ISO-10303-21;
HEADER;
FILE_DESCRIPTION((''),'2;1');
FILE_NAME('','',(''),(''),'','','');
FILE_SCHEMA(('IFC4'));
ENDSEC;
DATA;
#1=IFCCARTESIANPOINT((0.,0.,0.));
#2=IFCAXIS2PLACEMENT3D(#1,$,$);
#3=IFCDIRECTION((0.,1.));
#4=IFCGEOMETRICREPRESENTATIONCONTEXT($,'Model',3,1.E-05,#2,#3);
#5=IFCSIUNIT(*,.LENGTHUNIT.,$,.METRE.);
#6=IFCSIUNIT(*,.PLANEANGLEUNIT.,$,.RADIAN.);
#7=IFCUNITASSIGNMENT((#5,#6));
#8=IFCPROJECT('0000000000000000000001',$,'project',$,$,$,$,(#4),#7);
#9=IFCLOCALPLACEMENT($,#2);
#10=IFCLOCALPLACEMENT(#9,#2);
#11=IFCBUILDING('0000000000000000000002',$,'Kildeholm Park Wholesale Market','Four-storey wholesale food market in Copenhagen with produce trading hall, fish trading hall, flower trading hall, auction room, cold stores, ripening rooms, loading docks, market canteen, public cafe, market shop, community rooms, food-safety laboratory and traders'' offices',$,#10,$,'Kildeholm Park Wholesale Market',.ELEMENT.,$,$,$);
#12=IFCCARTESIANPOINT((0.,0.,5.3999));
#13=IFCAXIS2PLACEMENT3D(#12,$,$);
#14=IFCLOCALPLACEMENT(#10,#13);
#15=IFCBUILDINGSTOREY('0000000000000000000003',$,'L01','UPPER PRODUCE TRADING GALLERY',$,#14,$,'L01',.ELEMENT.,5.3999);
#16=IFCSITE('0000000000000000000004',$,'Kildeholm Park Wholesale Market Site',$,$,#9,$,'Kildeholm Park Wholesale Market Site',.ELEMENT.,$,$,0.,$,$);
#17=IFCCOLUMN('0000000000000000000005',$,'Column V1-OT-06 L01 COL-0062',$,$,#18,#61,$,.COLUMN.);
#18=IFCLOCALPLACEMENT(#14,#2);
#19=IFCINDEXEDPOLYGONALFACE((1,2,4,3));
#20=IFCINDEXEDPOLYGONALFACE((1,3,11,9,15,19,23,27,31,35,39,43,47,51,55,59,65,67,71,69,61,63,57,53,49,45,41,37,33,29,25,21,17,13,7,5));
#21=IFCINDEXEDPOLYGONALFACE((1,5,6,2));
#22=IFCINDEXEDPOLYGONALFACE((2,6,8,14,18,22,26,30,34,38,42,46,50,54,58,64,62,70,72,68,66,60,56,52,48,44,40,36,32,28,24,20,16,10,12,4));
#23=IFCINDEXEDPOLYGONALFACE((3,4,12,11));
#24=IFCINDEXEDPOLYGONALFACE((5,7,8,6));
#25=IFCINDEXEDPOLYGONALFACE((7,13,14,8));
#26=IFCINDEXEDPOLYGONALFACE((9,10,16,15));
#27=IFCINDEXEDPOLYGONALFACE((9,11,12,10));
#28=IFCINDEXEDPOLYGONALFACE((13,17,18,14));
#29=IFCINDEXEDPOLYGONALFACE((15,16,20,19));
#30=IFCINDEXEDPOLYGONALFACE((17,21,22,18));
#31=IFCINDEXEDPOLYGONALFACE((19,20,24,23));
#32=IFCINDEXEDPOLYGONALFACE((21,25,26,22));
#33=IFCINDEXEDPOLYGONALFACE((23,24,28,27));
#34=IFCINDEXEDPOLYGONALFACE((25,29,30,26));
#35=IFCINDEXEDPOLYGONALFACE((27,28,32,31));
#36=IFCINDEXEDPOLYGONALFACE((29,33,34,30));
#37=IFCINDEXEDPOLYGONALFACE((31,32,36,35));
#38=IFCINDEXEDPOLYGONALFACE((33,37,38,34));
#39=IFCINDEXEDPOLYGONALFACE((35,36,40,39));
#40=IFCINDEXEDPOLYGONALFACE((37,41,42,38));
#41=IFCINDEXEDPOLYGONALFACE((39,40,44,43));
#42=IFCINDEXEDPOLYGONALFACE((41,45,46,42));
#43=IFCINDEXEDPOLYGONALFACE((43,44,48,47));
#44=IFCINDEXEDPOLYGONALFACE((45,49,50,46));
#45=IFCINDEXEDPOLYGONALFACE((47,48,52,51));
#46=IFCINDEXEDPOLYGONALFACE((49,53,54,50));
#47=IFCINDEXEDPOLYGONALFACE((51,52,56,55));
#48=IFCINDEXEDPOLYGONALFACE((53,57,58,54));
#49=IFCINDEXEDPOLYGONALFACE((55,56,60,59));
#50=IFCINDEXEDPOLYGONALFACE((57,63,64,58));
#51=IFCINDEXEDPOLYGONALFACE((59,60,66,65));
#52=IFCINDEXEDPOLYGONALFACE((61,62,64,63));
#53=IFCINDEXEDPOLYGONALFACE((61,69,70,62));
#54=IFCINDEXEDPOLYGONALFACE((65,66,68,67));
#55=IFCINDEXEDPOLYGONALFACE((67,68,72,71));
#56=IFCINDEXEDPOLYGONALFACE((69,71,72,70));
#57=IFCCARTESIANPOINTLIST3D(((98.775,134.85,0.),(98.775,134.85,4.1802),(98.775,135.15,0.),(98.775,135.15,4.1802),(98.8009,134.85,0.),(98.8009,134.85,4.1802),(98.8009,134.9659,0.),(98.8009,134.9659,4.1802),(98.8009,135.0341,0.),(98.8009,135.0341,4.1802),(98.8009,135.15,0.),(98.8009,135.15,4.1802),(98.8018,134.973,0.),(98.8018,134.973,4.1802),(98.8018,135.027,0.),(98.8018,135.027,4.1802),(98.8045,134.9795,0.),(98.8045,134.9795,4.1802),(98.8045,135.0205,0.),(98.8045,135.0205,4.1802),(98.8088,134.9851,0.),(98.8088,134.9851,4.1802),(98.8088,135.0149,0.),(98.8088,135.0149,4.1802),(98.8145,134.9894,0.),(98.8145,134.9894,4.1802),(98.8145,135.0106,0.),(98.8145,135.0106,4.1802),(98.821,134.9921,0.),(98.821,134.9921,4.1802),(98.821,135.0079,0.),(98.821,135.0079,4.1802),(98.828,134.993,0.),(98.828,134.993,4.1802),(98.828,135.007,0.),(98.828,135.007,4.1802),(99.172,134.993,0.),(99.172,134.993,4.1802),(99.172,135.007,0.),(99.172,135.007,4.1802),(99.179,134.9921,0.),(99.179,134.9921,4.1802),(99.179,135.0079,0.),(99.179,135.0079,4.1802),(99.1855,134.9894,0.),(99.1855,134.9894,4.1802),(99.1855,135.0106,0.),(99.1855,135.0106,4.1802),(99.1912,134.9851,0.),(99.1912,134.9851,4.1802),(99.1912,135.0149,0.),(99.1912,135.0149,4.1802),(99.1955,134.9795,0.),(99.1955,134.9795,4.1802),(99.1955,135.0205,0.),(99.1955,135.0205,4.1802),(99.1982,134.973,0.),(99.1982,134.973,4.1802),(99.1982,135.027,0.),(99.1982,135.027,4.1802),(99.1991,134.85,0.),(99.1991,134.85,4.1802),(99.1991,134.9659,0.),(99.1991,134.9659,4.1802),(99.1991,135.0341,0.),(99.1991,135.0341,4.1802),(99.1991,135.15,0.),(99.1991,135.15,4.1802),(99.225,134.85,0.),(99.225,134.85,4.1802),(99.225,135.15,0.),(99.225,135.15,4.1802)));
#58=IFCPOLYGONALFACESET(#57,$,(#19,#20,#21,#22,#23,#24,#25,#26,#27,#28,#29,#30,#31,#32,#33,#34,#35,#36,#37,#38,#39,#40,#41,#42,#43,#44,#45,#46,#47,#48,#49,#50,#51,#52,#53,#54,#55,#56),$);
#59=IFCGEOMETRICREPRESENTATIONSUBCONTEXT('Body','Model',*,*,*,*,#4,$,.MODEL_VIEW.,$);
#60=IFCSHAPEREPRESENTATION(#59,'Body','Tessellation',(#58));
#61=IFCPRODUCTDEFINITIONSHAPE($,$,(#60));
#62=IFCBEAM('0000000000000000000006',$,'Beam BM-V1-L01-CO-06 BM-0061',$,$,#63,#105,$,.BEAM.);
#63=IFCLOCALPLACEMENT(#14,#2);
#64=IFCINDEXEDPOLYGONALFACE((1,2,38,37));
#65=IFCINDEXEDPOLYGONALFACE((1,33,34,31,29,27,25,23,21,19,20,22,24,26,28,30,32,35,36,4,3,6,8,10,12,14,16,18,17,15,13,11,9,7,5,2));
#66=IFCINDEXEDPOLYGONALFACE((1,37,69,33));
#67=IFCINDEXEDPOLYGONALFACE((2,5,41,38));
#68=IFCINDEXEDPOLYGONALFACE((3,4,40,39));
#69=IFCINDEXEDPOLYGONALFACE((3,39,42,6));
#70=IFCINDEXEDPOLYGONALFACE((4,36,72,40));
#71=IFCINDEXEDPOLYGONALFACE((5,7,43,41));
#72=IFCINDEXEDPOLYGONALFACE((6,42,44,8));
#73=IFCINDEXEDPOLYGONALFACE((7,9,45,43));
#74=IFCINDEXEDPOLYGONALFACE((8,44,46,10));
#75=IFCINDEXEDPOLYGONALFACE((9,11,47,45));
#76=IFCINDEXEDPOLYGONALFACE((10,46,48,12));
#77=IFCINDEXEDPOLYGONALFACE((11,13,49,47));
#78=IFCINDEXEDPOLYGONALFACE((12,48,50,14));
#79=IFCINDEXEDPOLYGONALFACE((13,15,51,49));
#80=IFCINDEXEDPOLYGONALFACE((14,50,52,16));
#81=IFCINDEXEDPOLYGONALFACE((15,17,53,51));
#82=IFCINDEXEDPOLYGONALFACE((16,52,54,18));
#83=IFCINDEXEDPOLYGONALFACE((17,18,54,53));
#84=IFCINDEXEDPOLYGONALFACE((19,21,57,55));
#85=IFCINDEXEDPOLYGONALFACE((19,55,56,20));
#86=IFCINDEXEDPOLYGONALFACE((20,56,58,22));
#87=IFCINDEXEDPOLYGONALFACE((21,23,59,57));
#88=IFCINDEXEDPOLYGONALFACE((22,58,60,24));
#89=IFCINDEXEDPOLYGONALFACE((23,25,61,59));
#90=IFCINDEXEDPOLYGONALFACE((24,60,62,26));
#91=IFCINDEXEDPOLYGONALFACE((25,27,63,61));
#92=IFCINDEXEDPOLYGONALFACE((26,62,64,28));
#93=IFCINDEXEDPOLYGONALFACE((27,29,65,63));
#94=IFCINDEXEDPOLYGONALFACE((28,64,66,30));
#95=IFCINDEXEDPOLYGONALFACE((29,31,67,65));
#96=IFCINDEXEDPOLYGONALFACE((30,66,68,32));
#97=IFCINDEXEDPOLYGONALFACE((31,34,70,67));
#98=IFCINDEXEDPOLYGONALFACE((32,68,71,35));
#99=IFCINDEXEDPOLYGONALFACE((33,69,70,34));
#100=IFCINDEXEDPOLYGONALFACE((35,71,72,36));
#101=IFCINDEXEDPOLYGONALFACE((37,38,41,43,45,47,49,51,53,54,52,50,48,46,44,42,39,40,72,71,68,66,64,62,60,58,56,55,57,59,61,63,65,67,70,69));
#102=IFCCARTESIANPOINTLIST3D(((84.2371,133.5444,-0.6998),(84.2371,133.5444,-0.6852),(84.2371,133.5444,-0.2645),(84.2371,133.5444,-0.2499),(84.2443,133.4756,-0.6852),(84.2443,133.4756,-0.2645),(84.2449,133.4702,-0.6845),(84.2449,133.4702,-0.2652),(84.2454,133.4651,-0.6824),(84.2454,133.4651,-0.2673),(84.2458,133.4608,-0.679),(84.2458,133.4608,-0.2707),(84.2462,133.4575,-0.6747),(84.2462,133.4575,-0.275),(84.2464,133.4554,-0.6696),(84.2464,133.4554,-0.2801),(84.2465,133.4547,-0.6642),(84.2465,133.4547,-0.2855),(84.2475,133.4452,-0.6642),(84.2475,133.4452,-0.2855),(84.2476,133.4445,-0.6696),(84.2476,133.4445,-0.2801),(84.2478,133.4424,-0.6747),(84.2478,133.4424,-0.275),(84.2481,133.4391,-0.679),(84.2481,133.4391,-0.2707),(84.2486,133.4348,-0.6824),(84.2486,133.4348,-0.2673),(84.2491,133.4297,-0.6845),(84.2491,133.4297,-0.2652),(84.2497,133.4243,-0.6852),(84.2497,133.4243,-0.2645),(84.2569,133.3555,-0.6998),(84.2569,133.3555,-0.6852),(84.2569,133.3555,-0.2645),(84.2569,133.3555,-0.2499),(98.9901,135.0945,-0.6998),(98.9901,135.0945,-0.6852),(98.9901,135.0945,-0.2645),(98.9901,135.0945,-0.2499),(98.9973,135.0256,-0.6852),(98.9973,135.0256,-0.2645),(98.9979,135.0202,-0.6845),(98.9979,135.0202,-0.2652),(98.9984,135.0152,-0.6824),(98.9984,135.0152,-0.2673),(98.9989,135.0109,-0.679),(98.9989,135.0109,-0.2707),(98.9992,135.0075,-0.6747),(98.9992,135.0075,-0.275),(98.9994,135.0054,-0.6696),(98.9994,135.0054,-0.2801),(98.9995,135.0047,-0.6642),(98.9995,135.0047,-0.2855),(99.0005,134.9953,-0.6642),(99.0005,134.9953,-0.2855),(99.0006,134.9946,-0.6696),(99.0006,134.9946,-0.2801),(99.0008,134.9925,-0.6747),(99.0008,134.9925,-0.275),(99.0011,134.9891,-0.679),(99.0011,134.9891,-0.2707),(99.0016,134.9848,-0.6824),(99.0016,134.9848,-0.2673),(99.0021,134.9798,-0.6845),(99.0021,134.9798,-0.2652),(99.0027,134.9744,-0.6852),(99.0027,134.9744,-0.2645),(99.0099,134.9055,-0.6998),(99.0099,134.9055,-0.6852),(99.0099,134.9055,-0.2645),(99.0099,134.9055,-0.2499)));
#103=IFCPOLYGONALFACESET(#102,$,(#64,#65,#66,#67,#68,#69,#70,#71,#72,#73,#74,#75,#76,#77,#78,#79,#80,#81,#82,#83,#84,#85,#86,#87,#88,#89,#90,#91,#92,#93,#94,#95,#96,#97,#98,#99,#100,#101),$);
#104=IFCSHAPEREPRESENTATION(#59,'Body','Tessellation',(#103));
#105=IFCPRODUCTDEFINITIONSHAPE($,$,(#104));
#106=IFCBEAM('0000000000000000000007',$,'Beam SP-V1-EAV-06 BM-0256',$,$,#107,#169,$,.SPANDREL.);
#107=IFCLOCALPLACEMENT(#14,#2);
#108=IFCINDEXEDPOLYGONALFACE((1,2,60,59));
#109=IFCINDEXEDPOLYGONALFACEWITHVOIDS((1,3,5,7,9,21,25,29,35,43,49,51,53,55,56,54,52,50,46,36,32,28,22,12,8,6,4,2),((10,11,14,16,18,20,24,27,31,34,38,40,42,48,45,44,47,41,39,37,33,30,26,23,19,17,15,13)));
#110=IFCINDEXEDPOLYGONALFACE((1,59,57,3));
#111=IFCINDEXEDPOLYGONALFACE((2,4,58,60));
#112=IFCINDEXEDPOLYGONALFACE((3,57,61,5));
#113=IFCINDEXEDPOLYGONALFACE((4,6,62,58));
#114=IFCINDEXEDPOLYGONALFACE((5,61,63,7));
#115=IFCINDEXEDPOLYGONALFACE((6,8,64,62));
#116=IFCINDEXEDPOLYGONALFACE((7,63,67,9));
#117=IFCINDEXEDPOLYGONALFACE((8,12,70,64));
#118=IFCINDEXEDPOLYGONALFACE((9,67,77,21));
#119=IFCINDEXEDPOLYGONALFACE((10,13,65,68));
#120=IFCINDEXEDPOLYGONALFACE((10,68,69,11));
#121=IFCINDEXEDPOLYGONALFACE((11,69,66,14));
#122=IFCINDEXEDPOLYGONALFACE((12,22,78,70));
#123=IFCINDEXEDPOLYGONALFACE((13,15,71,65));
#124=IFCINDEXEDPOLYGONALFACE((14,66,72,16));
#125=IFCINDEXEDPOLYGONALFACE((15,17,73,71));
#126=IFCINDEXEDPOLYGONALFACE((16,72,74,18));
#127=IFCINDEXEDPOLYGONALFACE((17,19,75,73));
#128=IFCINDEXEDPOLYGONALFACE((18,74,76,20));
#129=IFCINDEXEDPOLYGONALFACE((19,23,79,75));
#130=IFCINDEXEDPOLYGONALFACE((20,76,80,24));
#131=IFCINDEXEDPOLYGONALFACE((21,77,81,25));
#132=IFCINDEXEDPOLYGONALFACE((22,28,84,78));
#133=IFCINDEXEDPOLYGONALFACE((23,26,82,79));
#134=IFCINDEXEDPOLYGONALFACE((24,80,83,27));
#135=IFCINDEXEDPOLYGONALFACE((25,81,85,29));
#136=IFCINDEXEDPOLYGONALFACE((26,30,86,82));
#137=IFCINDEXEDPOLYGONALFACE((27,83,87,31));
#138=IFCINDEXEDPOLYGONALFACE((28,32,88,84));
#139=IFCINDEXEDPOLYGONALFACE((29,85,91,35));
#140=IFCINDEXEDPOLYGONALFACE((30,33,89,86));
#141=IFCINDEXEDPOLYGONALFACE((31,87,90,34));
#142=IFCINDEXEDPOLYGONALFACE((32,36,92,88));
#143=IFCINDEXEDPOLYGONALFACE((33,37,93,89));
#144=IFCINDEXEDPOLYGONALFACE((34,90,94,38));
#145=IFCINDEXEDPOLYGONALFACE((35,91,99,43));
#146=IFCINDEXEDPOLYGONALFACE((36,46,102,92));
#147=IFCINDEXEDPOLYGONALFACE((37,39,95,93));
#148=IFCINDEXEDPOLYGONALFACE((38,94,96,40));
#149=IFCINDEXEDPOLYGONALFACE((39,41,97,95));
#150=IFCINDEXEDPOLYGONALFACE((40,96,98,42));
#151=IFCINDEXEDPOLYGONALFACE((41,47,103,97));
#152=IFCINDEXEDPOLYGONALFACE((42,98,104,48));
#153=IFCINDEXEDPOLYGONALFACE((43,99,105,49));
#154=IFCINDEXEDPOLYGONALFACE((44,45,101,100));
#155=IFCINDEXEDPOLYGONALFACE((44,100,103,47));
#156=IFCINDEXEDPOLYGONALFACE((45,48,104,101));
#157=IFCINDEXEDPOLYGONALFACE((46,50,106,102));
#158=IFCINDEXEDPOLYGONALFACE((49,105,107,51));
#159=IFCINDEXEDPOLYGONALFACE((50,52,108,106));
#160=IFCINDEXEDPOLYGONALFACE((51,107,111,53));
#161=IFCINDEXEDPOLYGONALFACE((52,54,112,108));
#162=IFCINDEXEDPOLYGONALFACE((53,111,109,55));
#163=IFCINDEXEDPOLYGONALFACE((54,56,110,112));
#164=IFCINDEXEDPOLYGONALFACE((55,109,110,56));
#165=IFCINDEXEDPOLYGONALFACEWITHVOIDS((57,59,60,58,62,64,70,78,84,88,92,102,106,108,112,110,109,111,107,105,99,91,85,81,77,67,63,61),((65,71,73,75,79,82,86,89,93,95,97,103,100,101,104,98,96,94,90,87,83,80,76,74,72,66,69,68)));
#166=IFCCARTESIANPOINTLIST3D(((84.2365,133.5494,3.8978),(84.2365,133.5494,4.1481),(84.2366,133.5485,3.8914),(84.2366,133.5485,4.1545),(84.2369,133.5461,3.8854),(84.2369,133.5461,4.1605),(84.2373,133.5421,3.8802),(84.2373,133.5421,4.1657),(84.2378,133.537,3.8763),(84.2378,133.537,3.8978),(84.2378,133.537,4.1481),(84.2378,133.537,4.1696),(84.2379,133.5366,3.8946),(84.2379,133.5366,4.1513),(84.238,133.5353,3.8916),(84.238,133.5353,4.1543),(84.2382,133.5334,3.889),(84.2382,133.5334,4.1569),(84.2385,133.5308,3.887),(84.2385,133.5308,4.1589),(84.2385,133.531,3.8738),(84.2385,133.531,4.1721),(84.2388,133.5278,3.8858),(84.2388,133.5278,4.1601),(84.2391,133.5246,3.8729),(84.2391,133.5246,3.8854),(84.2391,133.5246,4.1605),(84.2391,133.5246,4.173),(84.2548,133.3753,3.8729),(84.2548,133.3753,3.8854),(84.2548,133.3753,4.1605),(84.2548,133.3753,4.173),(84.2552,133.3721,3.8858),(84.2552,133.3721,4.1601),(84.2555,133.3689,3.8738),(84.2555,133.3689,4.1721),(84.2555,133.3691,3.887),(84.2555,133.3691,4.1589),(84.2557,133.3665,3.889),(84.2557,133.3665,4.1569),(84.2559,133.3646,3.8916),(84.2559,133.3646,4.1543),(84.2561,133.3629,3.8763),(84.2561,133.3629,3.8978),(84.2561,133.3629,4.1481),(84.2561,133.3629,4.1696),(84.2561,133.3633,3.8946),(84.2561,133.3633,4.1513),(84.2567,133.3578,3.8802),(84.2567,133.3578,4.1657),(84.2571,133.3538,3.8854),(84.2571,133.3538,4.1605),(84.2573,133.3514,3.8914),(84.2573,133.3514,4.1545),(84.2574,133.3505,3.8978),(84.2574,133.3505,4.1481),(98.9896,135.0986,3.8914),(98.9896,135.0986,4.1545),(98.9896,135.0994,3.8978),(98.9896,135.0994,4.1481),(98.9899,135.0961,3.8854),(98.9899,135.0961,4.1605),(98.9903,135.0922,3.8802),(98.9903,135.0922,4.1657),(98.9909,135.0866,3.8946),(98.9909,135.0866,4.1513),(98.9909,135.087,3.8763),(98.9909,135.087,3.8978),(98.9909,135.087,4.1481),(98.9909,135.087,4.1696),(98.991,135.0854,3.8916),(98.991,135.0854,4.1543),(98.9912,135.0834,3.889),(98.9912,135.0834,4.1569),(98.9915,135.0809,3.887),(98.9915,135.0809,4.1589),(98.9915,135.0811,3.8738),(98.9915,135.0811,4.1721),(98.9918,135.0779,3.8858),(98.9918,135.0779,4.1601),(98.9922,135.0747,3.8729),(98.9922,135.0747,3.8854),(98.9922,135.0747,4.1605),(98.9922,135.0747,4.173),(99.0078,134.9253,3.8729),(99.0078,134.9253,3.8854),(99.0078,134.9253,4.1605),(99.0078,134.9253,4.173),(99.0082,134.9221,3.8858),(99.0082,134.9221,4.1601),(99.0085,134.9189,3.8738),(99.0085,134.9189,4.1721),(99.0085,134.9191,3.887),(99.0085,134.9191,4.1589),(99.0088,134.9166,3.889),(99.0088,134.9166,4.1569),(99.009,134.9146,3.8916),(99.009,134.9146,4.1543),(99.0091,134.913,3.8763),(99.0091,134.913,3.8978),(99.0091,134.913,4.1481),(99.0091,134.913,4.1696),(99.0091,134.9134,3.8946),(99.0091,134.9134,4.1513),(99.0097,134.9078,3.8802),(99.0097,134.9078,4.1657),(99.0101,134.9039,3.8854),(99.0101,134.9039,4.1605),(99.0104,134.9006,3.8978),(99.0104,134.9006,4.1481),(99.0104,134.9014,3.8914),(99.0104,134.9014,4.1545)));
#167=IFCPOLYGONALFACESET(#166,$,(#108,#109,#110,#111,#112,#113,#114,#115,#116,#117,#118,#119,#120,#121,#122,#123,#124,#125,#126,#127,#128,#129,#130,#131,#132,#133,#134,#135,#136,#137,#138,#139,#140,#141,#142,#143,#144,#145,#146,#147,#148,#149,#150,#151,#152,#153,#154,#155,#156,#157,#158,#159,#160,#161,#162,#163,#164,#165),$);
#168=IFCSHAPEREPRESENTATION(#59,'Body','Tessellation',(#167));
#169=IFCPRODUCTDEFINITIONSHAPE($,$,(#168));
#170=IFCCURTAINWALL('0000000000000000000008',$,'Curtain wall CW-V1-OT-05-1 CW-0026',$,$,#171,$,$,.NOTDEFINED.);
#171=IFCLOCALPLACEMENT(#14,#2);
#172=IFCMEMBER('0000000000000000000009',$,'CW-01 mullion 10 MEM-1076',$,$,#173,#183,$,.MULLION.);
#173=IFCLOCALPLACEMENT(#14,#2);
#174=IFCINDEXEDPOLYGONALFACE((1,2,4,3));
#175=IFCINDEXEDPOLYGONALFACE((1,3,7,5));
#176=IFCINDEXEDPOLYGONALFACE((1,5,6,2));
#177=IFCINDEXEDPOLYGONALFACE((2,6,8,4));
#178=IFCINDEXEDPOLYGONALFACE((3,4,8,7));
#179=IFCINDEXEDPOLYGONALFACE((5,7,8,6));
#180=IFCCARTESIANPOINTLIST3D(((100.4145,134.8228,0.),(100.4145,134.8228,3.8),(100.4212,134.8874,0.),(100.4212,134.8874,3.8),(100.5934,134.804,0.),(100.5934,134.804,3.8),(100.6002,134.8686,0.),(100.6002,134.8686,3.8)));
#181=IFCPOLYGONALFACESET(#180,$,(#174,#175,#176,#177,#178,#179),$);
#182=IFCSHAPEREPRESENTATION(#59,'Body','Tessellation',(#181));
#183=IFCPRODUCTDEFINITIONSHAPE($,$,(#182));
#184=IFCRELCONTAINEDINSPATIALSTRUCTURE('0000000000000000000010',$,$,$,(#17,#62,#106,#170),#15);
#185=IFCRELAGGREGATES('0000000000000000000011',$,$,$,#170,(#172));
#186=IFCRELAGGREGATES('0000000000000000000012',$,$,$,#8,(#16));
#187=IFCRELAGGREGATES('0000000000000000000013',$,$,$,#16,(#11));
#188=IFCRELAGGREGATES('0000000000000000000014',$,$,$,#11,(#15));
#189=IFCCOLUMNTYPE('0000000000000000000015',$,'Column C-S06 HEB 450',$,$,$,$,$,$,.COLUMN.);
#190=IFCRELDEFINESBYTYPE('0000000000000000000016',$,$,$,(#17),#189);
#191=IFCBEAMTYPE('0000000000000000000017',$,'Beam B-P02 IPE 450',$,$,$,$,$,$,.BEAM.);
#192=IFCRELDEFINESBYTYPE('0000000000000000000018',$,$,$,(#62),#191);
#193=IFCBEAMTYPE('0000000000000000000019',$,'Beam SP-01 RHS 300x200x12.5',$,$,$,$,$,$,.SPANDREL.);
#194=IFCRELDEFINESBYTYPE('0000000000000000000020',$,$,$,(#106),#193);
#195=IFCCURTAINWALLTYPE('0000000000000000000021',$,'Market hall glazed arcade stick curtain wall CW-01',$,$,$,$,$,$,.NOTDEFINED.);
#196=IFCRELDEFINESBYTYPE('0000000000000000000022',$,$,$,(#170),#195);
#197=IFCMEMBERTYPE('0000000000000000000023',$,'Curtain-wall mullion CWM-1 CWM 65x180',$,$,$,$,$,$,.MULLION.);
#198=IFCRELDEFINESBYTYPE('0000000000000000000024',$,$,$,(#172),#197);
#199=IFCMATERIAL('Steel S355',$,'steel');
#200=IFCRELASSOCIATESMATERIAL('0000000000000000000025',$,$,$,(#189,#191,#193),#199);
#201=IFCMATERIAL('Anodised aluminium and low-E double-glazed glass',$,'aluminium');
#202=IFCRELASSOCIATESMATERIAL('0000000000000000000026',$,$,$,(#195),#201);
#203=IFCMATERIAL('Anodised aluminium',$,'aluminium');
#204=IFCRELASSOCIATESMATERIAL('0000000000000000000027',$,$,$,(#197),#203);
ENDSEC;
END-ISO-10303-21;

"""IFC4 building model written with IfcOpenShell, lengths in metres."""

from ifc_helpers import new_model, si_unit, direction, frame, origin, origin_2d, place, context, subcontext, project, spatial, rectangle, hollow_rectangle, i_section, extrude, material, material_profile, profile_set, type_object, element, aggregate, save


model = new_model("IFC4")

# Units and contexts
model_context = context("Model", 3, precision=1e-05, world=origin(), true_north=direction((0.0, 1.0)))
body_context = subcontext(model_context, "Body", "Model", "MODEL_VIEW")
ifc_project = project(units=[si_unit("LENGTHUNIT", "METRE"), si_unit("PLANEANGLEUNIT", "RADIAN")], contexts=[model_context])

# Site, building, storey
site_placement = place(None, origin())
site = spatial("IfcSite", under=ifc_project, at=site_placement, Name="Kildeholm Park Wholesale Market Site", LongName="Kildeholm Park Wholesale Market Site", CompositionType="ELEMENT", RefElevation=0.0)
building_placement = place(site_placement, origin())
building = spatial("IfcBuilding", under=site, at=building_placement, Name="Kildeholm Park Wholesale Market", Description="Four-storey wholesale food market in Copenhagen with produce trading hall, fish trading hall, flower trading hall, auction room, cold stores, ripening rooms, loading docks, market canteen, public cafe, market shop, community rooms, food-safety laboratory and traders' offices", LongName="Kildeholm Park Wholesale Market", CompositionType="ELEMENT")
storey_placement = place(building_placement, frame((0.0, 0.0, 5.3999)))
storey = spatial("IfcBuildingStorey", under=building, at=storey_placement, Name="L01", Description="UPPER PRODUCE TRADING GALLERY", LongName="L01", CompositionType="ELEMENT", Elevation=5.3999)

# Column
ifc_material_1 = material(Name="Steel S355", Category="steel")
ifc_material_profile_1 = material_profile(ifc_material_1, i_section(OverallWidth=0.3, OverallDepth=0.45, WebThickness=0.0139, FlangeThickness=0.0259, FilletRadius=0.0271, at=origin_2d()), Name="HEB 450")
ifc_profile_set_1 = profile_set([ifc_material_profile_1], Name="Steel S355")
column_type = type_object("IfcColumnType", Name="Column C-S06 HEB 450", PredefinedType="COLUMN", material=ifc_profile_set_1)
column_placement = place(storey_placement, frame((99.0, 135.0, 0.0), z_axis=(0.0, 0.0, 1.0), x_axis=(0.0, 1.0, 0.0)))
element("IfcColumn", 1, at=column_placement, inside=storey, type_object=column_type, Name="Column V1-OT-06 L01 COL-0062", PredefinedType="COLUMN", context=body_context, shape_type="SweptSolid", body=[
    extrude(i_section(OverallWidth=0.3, OverallDepth=0.45, WebThickness=0.0139, FlangeThickness=0.0259, FilletRadius=0.0271, at=origin_2d()), origin(), (0.0, 0.0, 1.0), 4.1802),
])

# Beams
ifc_material_profile_2 = material_profile(ifc_material_1, i_section(OverallWidth=0.1899, OverallDepth=0.45, WebThickness=0.0095, FlangeThickness=0.0146, FilletRadius=0.021, at=origin_2d()), Name="IPE 450")
ifc_profile_set_2 = profile_set([ifc_material_profile_2], Name="Steel S355")
beam_type_1 = type_object("IfcBeamType", Name="Beam B-P02 IPE 450", PredefinedType="BEAM", material=ifc_profile_set_2)
beam_1_placement = place(storey_placement, frame((99.0, 135.0, -0.4749), z_axis=(-0.994526, -0.104492, 0.0), x_axis=(0.104492, -0.994526, 0.0)))
element("IfcBeam", 2, at=beam_1_placement, inside=storey, type_object=beam_type_1, Name="Beam BM-V1-L01-CO-06 BM-0061", PredefinedType="BEAM", context=body_context, shape_type="SweptSolid", body=[
    extrude(i_section(OverallWidth=0.1899, OverallDepth=0.45, WebThickness=0.0095, FlangeThickness=0.0146, FilletRadius=0.021, at=origin_2d()), origin(), (0.0, 0.0, 1.0), 14.8342),
])
ifc_material_profile_3 = material_profile(ifc_material_1, hollow_rectangle(XDim=0.2, YDim=0.3, WallThickness=0.0125, InnerFilletRadius=0.0125, OuterFilletRadius=0.0249, at=origin_2d()), Name="RHS 300x200x12.5")
ifc_profile_set_3 = profile_set([ifc_material_profile_3], Name="Steel S355")
beam_type_2 = type_object("IfcBeamType", Name="Beam SP-01 RHS 300x200x12.5", PredefinedType="SPANDREL", material=ifc_profile_set_3)
beam_2_placement = place(storey_placement, frame((99.0, 135.0, 4.0229), z_axis=(-0.994526, -0.104492, 0.0), x_axis=(0.104492, -0.994526, 0.0)))
element("IfcBeam", 3, at=beam_2_placement, inside=storey, type_object=beam_type_2, Name="Beam SP-V1-EAV-06 BM-0256", PredefinedType="SPANDREL", context=body_context, shape_type="SweptSolid", body=[
    extrude(hollow_rectangle(XDim=0.2, YDim=0.3, WallThickness=0.0125, InnerFilletRadius=0.0125, OuterFilletRadius=0.0249, at=origin_2d()), origin(), (0.0, 0.0, 1.0), 14.8342),
])

# Curtain wall, member
ifc_material_2 = material(Name="Anodised aluminium and low-E double-glazed glass", Category="aluminium")
curtain_wall_type = type_object("IfcCurtainWallType", Name="Market hall glazed arcade stick curtain wall CW-01", PredefinedType="NOTDEFINED", material=ifc_material_2)
curtain_wall_1_placement = place(storey_placement, origin())
curtain_wall_1 = element("IfcCurtainWall", 4, at=curtain_wall_1_placement, inside=storey, type_object=curtain_wall_type, Name="Curtain wall CW-V1-OT-05-1 CW-0026", PredefinedType="NOTDEFINED")
ifc_material_3 = material(Name="Anodised aluminium", Category="aluminium")
ifc_material_profile_4 = material_profile(ifc_material_3, rectangle(XDim=0.0649, YDim=0.1799, at=origin_2d()), Name="CWM 65x180")
ifc_profile_set_4 = profile_set([ifc_material_profile_4], Name="Anodised aluminium")
member_type_1 = type_object("IfcMemberType", Name="Curtain-wall mullion CWM-1 CWM 65x180", PredefinedType="MULLION", material=ifc_profile_set_4)
member_1_placement = place(storey_placement, frame((100.5073, 134.8457, 0.0), z_axis=(0.0, 0.0, 1.0), x_axis=(-0.104508, -0.994524, 0.0)))
member_1 = element("IfcMember", 5, at=member_1_placement, type_object=member_type_1, Name="CW-01 mullion 10 MEM-1076", PredefinedType="MULLION", context=body_context, shape_type="SweptSolid", body=[
    extrude(rectangle(XDim=0.0649, YDim=0.1799, at=origin_2d()), origin(), (0.0, 0.0, 1.0), 3.8),
])

aggregate(curtain_wall_1, [member_1])

save(model, "model.ifc")
